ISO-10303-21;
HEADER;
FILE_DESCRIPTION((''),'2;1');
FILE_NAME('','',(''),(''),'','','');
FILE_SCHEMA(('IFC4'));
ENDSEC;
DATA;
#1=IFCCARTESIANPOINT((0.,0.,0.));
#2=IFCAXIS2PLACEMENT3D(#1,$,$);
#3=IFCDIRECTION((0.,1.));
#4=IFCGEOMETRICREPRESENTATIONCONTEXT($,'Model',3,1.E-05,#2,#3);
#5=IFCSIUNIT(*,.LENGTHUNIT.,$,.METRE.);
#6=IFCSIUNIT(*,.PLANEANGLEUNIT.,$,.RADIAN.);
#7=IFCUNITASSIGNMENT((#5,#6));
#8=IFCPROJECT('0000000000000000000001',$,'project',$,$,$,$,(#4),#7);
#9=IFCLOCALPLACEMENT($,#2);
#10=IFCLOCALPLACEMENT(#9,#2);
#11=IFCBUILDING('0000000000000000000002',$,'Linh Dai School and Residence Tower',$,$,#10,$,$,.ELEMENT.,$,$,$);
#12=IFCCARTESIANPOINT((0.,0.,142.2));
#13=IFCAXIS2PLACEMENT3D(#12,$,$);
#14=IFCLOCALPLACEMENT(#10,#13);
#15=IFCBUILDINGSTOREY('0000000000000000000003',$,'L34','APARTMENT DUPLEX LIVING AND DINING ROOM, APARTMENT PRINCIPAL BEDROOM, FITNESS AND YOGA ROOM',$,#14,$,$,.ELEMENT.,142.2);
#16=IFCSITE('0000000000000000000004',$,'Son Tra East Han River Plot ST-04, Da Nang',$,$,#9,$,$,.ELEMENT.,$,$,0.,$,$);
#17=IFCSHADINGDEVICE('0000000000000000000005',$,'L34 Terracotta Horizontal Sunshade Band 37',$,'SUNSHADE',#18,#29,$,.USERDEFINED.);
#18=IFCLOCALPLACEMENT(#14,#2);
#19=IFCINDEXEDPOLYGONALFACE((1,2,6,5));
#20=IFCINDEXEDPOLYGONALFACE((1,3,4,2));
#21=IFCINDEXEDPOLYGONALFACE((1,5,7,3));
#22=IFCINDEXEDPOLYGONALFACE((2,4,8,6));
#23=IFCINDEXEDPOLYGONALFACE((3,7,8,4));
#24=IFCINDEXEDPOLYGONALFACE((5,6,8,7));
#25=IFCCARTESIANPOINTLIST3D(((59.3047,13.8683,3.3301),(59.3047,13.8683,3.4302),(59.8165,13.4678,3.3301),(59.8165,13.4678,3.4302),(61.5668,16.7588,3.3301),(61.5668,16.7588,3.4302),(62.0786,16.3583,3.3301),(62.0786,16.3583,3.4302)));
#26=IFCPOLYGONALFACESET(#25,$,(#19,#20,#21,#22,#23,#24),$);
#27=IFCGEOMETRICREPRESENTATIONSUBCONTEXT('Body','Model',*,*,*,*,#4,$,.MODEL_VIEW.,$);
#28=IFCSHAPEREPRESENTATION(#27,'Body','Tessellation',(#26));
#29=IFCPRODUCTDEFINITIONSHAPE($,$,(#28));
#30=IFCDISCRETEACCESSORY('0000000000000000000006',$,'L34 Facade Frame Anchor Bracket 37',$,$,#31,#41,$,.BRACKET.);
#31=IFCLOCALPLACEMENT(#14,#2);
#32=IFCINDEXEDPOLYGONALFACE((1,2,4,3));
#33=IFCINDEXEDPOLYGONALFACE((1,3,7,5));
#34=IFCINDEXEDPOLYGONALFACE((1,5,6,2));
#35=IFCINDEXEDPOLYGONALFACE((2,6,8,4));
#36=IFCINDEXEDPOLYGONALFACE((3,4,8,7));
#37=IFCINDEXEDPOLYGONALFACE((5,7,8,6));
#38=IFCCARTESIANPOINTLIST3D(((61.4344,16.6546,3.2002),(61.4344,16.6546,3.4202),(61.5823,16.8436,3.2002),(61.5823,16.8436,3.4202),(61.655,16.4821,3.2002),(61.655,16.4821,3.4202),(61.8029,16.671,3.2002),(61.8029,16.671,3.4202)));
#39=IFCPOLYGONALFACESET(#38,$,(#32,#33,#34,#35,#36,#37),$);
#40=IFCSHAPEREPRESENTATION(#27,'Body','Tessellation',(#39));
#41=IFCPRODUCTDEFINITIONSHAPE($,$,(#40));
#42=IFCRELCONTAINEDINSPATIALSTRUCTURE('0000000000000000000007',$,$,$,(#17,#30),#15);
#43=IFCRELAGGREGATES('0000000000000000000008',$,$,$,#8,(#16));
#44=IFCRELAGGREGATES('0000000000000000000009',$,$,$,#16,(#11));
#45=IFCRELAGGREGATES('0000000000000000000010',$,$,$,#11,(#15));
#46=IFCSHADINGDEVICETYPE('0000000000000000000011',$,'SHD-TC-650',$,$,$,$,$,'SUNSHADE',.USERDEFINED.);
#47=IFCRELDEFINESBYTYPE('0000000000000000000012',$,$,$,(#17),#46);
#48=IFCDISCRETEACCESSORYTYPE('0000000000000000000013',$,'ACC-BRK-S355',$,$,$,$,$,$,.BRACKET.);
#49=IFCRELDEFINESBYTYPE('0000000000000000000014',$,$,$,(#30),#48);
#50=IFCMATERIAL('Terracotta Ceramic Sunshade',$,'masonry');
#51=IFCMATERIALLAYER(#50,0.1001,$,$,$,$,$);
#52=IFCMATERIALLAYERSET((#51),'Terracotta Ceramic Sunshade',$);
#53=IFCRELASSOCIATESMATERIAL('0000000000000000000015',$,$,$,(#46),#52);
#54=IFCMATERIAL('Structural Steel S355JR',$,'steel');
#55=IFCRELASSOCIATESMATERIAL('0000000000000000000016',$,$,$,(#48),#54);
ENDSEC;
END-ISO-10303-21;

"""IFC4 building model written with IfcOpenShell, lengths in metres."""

from ifc_helpers import new_model, si_unit, direction, frame, origin, origin_2d, place, context, subcontext, project, spatial, rectangle, extrude, source, transform, mapped, material, layer, layer_set, type_object, element, save


model = new_model("IFC4")

# Units and contexts
model_context = context("Model", 3, precision=1e-05, world=origin(), true_north=direction((0.0, 1.0)))
body_context = subcontext(model_context, "Body", "Model", "MODEL_VIEW")
ifc_project = project(units=[si_unit("LENGTHUNIT", "METRE"), si_unit("PLANEANGLEUNIT", "RADIAN")], contexts=[model_context])

# Site, building, storey
site_placement = place(None, origin())
site = spatial("IfcSite", under=ifc_project, at=site_placement, Name="Son Tra East Han River Plot ST-04, Da Nang", CompositionType="ELEMENT", RefElevation=0.0)
building_placement = place(site_placement, origin())
building = spatial("IfcBuilding", under=site, at=building_placement, Name="Linh Dai School and Residence Tower", CompositionType="ELEMENT")
storey_placement = place(building_placement, frame((0.0, 0.0, 142.2)))
storey = spatial("IfcBuildingStorey", under=building, at=storey_placement, Name="L34", Description="APARTMENT DUPLEX LIVING AND DINING ROOM, APARTMENT PRINCIPAL BEDROOM, FITNESS AND YOGA ROOM", CompositionType="ELEMENT", Elevation=142.2)

# Shared definitions
ifc_material_1 = material(Name="Structural Steel S355JR", Category="steel")

# Shading device
ifc_material_2 = material(Name="Terracotta Ceramic Sunshade", Category="masonry")
ifc_layer_1 = layer(ifc_material_2, 0.1001)
ifc_layer_set_1 = layer_set([ifc_layer_1], Name="Terracotta Ceramic Sunshade")
shading_device_type = type_object("IfcShadingDeviceType", Name="SHD-TC-650", ElementType="SUNSHADE", PredefinedType="USERDEFINED", material=ifc_layer_set_1)
shared_shape_1 = source(origin(), body_context, "Body", "SweptSolid", [
    extrude(rectangle(XDim=3.6704, YDim=0.6499, at=origin_2d()), origin(), (0.0, 0.0, 1.0), 0.1001),
])
shading_device_placement = place(storey_placement, frame((60.6917, 15.1133, 3.3301), z_axis=(0.0, 0.0, 1.0), x_axis=(-0.616305, -0.787508, 0.0)))
element("IfcShadingDevice", 1, at=shading_device_placement, inside=storey, type_object=shading_device_type, Name="L34 Terracotta Horizontal Sunshade Band 37", ObjectType="SUNSHADE", PredefinedType="USERDEFINED", context=body_context, shape_type="MappedRepresentation", body=[
    mapped(shared_shape_1, transform((0.0, 0.0, 0.0), x_axis=(1.0, 0.0, 0.0), y_axis=(0.0, 1.0, 0.0), z_axis=(0.0, 0.0, 1.0), scale=1.0)),
])

# Discrete accessory
discrete_accessory_type = type_object("IfcDiscreteAccessoryType", Name="ACC-BRK-S355", PredefinedType="BRACKET", material=ifc_material_1)
shared_shape_2 = source(origin(), body_context, "Body", "SweptSolid", [
    extrude(rectangle(XDim=0.28, YDim=0.24, at=origin_2d()), origin(), (0.0, 0.0, 1.0), 0.22),
])
discrete_accessory_placement = place(storey_placement, frame((61.6187, 16.6628, 3.2002), z_axis=(0.0, 0.0, 1.0), x_axis=(0.787508, -0.616305, 0.0)))
element("IfcDiscreteAccessory", 2, at=discrete_accessory_placement, inside=storey, type_object=discrete_accessory_type, Name="L34 Facade Frame Anchor Bracket 37", PredefinedType="BRACKET", context=body_context, shape_type="MappedRepresentation", body=[
    mapped(shared_shape_2, transform((0.0, 0.0, 0.0), x_axis=(1.0, 0.0, 0.0), y_axis=(0.0, 1.0, 0.0), z_axis=(0.0, 0.0, 1.0), scale=1.0)),
])

save(model, "model.ifc")
